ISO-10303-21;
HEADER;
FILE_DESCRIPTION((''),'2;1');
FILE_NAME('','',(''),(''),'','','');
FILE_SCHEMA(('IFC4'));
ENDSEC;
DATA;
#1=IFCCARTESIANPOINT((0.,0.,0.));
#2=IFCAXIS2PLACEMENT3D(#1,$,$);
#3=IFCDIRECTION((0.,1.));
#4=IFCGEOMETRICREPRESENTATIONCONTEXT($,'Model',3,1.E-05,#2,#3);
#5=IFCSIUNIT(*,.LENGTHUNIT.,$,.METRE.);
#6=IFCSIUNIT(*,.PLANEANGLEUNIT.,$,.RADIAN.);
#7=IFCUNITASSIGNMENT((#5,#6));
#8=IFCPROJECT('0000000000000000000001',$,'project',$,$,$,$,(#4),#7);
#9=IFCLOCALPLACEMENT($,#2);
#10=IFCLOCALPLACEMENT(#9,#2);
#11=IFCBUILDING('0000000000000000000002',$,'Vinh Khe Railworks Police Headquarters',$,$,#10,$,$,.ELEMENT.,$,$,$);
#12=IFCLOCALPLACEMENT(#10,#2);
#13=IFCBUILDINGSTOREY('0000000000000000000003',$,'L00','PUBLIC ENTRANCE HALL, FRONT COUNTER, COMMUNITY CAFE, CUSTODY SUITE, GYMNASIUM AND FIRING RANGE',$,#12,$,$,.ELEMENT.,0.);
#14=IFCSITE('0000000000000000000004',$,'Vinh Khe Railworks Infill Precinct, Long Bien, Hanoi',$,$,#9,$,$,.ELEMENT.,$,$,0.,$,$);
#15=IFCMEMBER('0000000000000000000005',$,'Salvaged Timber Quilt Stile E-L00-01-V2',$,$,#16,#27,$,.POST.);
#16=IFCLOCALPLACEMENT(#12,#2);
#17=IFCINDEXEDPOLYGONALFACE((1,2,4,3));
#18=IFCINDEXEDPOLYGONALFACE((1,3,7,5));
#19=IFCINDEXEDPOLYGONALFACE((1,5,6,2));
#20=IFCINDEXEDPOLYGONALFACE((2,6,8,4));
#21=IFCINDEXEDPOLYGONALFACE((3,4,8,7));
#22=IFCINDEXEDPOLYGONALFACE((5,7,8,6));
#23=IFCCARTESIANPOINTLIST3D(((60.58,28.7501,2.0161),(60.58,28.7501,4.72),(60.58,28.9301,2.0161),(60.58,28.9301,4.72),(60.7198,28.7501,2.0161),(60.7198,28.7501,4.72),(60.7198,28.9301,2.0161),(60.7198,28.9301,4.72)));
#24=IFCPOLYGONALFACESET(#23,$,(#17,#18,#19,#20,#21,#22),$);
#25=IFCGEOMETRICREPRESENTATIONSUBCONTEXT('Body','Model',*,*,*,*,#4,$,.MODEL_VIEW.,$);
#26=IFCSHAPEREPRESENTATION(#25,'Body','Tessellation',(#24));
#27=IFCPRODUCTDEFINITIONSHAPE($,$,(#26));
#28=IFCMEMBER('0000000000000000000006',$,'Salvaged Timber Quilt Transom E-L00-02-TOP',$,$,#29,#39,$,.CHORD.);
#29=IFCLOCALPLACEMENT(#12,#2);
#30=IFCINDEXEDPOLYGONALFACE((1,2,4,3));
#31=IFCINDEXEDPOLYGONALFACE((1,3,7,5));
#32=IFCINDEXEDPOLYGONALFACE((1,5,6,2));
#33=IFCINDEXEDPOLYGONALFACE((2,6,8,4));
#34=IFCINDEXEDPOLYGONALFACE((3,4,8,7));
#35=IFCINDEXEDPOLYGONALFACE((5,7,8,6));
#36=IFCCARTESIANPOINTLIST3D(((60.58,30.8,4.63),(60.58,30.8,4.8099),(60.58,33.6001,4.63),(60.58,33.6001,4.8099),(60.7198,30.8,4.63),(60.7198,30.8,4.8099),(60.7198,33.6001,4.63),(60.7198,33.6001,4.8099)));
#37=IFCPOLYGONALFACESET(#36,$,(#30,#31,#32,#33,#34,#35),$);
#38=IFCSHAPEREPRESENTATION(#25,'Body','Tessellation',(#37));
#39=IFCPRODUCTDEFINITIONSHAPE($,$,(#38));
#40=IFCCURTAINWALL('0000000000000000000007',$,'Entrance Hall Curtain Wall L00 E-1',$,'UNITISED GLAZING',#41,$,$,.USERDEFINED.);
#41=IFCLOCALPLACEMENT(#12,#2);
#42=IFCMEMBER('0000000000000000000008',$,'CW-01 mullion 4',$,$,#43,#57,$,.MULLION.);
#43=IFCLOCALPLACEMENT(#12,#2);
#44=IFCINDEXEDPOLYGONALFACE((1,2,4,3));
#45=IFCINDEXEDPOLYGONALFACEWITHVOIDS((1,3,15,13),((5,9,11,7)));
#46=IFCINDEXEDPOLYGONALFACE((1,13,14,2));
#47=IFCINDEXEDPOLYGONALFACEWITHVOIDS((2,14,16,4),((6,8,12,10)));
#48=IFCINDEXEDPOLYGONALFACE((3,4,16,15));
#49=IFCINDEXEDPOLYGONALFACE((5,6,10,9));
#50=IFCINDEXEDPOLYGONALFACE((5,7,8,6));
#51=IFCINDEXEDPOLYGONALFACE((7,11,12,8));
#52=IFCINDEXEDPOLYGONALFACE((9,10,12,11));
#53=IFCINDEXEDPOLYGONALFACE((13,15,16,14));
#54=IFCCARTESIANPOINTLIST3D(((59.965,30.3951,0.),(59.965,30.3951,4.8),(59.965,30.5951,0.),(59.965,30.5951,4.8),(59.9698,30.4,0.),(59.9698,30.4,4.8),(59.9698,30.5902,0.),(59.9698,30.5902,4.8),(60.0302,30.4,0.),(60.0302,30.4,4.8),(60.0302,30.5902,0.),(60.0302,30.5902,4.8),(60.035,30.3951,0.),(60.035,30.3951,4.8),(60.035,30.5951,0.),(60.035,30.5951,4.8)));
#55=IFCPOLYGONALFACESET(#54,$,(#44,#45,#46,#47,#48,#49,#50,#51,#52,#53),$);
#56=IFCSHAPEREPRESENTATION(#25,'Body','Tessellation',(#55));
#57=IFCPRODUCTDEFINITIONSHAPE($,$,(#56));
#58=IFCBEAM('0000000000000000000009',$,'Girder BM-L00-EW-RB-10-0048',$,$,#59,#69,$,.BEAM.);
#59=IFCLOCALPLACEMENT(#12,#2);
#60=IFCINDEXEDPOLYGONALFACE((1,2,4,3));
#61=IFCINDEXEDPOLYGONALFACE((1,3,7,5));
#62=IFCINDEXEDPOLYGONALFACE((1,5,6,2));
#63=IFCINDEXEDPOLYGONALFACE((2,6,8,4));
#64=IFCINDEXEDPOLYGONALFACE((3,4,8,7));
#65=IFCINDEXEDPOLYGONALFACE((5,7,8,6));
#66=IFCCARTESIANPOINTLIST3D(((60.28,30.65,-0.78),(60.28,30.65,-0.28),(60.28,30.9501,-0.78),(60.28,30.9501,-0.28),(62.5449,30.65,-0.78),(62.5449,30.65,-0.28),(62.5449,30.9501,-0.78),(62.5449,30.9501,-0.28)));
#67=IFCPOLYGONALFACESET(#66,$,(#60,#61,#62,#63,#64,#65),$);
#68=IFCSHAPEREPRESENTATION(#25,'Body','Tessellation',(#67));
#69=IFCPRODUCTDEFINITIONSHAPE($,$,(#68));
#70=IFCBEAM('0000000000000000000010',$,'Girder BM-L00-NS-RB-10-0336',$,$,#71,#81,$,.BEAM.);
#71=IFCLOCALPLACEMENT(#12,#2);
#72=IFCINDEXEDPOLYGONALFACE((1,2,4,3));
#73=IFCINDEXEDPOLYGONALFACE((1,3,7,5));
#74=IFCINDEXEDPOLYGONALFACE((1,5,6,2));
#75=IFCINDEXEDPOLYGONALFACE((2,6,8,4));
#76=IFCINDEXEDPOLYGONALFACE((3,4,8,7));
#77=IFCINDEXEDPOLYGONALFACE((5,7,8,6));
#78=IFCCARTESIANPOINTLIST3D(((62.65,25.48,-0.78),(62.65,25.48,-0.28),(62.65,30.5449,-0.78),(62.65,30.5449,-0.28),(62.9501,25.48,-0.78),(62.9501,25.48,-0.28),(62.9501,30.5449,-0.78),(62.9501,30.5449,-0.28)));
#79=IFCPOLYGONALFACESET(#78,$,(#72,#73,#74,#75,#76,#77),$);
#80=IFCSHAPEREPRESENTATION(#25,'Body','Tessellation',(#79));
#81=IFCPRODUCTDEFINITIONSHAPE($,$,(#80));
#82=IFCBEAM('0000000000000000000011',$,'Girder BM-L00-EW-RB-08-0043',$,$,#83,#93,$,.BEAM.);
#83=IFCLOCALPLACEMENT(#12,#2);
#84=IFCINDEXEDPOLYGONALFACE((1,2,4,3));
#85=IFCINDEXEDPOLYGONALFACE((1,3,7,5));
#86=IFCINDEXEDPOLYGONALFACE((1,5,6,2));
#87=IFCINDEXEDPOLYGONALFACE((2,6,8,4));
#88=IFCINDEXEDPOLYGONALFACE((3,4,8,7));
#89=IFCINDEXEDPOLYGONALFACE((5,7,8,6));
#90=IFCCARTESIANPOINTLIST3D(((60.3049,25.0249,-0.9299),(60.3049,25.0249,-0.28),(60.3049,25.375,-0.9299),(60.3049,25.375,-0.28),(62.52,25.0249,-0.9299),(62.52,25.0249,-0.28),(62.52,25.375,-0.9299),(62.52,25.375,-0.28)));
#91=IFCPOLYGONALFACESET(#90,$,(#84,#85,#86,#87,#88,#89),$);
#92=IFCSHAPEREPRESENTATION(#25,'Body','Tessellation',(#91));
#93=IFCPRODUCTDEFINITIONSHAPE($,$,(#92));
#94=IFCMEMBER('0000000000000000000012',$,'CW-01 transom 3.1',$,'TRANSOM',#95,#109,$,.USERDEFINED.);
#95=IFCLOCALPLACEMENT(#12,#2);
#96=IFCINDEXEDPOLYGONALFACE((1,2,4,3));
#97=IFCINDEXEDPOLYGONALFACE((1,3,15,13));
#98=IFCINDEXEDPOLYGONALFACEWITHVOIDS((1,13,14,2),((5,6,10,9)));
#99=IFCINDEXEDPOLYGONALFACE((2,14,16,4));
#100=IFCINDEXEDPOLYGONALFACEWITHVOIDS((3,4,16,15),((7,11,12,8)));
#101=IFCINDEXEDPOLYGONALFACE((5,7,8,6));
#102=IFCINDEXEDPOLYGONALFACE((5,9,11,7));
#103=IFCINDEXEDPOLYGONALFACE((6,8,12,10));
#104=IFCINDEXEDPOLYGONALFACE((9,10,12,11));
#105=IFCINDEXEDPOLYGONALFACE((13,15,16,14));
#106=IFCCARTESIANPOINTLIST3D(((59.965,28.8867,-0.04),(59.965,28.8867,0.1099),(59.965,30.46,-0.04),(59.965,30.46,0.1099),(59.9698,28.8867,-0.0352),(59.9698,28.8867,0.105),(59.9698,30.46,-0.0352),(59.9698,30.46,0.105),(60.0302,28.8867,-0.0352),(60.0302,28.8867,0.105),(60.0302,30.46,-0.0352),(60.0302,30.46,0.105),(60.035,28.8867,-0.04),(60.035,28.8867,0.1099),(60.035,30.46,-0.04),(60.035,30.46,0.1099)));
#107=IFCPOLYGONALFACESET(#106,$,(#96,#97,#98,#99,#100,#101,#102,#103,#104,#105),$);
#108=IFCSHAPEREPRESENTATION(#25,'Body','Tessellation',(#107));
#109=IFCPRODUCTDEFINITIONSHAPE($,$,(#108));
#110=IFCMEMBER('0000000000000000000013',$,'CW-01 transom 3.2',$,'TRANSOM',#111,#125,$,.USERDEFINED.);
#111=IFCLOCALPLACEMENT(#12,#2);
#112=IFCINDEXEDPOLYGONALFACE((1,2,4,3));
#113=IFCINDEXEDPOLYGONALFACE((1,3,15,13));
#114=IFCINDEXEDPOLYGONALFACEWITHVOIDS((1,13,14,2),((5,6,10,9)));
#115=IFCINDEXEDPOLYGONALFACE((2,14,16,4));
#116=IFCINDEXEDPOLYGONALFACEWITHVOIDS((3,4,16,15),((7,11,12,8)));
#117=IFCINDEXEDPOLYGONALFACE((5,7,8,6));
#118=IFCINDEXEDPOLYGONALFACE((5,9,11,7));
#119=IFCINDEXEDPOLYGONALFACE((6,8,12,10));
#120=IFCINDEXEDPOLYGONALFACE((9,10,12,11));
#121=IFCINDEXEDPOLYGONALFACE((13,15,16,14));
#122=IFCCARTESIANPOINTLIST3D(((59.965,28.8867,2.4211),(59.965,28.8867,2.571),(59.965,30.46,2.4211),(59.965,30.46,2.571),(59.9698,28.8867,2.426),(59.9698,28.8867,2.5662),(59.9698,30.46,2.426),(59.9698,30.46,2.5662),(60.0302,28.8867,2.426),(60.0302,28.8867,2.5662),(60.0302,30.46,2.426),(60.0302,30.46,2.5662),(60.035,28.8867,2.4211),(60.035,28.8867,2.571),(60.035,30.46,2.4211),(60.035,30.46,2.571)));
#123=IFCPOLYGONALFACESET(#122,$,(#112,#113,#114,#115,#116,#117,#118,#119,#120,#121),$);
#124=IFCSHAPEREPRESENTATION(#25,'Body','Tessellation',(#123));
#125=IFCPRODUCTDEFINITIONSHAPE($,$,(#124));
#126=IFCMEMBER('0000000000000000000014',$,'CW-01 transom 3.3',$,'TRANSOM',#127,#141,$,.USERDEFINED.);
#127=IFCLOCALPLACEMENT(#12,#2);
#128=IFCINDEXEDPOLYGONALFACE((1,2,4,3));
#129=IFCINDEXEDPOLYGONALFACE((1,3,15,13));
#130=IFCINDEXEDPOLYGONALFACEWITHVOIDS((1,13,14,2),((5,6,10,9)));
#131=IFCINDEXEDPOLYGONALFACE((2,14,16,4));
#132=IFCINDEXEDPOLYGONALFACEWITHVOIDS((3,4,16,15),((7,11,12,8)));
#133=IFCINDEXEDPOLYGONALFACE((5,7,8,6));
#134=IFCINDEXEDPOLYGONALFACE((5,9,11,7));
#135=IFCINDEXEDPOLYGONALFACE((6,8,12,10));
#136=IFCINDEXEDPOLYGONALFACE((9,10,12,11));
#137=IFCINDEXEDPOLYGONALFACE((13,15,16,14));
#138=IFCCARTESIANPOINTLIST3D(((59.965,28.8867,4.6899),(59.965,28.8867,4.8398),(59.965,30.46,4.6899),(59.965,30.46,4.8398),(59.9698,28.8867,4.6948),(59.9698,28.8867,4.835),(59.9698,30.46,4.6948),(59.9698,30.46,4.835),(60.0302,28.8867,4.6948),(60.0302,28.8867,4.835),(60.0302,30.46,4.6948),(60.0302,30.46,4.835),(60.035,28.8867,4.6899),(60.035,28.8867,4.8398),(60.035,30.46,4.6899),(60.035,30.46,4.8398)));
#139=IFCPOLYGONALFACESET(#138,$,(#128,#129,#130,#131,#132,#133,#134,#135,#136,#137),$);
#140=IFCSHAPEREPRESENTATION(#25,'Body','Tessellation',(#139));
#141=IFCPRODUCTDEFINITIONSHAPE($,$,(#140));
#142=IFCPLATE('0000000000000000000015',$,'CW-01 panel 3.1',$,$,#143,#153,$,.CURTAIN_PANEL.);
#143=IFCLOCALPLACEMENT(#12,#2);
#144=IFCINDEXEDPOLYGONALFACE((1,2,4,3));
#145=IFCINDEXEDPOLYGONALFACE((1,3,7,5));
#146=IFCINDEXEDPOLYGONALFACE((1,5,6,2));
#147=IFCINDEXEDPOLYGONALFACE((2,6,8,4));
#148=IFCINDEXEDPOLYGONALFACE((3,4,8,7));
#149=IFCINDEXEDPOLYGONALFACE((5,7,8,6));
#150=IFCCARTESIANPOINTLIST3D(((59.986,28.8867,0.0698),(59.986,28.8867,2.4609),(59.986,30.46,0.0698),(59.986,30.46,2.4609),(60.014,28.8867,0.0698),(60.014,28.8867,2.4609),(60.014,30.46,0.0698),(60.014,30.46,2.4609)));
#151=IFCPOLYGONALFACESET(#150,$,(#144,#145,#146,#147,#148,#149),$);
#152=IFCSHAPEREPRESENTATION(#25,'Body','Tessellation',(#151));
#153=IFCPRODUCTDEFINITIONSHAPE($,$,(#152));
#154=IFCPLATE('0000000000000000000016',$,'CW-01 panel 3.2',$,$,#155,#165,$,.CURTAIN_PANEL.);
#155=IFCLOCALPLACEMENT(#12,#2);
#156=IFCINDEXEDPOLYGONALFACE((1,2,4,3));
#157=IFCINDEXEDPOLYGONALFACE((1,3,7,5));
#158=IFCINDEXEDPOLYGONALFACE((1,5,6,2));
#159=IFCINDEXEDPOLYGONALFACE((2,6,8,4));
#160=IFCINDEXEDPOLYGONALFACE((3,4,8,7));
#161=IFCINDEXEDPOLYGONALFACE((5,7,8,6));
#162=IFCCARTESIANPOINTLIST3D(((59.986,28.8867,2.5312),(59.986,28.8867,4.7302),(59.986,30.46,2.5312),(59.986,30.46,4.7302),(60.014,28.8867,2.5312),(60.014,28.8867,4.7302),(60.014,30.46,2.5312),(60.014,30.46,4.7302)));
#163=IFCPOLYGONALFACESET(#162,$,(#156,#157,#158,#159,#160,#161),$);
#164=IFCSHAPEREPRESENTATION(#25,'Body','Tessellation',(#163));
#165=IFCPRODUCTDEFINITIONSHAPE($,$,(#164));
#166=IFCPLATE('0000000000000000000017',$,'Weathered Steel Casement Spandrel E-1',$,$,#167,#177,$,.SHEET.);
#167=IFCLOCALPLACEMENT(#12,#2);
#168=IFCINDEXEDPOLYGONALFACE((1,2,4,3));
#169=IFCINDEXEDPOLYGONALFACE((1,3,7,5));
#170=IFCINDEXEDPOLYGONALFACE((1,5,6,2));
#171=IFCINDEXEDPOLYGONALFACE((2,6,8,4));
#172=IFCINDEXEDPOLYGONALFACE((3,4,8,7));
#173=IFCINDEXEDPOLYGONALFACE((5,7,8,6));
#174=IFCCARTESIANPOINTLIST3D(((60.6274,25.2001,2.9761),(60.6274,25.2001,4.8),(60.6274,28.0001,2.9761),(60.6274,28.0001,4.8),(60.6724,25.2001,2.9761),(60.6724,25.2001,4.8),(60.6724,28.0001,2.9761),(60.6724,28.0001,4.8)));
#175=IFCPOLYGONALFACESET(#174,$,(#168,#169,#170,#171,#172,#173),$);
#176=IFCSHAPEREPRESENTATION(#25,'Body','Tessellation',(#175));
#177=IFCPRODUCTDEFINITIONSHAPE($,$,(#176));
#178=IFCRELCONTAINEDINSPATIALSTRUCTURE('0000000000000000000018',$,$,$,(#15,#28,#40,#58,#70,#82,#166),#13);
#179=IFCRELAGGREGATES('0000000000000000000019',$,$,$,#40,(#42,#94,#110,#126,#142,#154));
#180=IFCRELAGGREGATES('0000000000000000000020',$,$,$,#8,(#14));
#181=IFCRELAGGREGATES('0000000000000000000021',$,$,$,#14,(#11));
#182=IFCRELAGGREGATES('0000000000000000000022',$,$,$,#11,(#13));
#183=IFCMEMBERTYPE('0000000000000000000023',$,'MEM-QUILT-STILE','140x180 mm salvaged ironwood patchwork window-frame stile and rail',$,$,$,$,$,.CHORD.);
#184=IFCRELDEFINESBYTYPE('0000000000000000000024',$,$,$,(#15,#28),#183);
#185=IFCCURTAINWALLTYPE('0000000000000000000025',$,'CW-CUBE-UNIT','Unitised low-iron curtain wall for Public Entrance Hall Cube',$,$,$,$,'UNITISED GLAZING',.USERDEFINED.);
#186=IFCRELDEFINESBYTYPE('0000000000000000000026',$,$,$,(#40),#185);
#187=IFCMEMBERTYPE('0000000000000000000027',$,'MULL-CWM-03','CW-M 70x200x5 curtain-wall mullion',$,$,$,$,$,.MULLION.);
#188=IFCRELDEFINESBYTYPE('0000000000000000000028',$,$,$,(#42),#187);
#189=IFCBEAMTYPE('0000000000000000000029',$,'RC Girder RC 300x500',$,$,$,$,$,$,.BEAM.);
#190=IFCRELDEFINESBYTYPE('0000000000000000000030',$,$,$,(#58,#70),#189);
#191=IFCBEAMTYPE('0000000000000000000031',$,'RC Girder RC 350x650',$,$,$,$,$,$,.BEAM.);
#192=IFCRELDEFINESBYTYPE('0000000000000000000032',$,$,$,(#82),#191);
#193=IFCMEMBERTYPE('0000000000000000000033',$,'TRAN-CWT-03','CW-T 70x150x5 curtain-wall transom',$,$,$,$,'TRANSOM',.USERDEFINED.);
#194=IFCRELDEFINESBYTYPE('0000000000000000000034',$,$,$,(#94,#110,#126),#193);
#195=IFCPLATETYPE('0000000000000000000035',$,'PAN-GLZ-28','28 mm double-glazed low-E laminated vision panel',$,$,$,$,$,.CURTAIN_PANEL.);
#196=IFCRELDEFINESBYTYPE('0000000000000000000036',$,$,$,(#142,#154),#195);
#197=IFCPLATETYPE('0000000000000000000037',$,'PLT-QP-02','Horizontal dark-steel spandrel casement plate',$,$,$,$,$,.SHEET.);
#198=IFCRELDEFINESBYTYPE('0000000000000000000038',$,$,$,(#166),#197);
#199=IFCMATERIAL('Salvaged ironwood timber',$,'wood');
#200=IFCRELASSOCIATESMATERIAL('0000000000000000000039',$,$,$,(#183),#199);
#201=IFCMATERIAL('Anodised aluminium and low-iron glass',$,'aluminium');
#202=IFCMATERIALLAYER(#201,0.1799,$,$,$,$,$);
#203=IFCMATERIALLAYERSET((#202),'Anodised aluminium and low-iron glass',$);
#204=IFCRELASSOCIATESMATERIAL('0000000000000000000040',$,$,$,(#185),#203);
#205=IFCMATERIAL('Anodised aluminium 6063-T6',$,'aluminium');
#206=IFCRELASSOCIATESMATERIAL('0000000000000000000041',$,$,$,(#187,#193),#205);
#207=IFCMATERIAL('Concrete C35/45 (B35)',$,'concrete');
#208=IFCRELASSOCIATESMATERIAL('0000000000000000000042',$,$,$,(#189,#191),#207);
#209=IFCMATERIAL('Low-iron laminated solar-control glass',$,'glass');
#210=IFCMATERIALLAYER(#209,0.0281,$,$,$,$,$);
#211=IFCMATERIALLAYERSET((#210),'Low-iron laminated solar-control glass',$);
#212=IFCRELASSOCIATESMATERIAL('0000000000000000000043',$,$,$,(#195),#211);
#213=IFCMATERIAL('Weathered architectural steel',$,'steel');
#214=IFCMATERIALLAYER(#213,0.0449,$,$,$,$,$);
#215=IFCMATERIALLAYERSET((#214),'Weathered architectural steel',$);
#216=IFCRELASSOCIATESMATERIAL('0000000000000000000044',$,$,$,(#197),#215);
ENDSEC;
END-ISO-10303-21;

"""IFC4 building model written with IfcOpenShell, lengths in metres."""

from ifc_helpers import new_model, si_unit, direction, frame, origin, origin_2d, place, context, subcontext, project, spatial, rectangle, hollow_rectangle, extrude, material, layer, layer_set, material_profile, profile_set, type_object, element, aggregate, save


model = new_model("IFC4")

# Units and contexts
model_context = context("Model", 3, precision=1e-05, world=origin(), true_north=direction((0.0, 1.0)))
body_context = subcontext(model_context, "Body", "Model", "MODEL_VIEW")
ifc_project = project(units=[si_unit("LENGTHUNIT", "METRE"), si_unit("PLANEANGLEUNIT", "RADIAN")], contexts=[model_context])

# Site, building, storey
site_placement = place(None, origin())
site = spatial("IfcSite", under=ifc_project, at=site_placement, Name="Vinh Khe Railworks Infill Precinct, Long Bien, Hanoi", CompositionType="ELEMENT", RefElevation=0.0)
building_placement = place(site_placement, origin())
building = spatial("IfcBuilding", under=site, at=building_placement, Name="Vinh Khe Railworks Police Headquarters", CompositionType="ELEMENT")
storey_placement = place(building_placement, origin())
storey = spatial("IfcBuildingStorey", under=building, at=storey_placement, Name="L00", Description="PUBLIC ENTRANCE HALL, FRONT COUNTER, COMMUNITY CAFE, CUSTODY SUITE, GYMNASIUM AND FIRING RANGE", CompositionType="ELEMENT", Elevation=0.0)

# Members
ifc_material_1 = material(Name="Salvaged ironwood timber", Category="wood")
ifc_material_profile_1 = material_profile(ifc_material_1, rectangle(XDim=0.1399, YDim=0.1799, at=origin_2d()), Name="TIMBER 140x180")
ifc_profile_set_1 = profile_set([ifc_material_profile_1], Name="Salvaged ironwood timber")
member_type_1 = type_object("IfcMemberType", Name="MEM-QUILT-STILE", Description="140x180 mm salvaged ironwood patchwork window-frame stile and rail", PredefinedType="CHORD", material=ifc_profile_set_1)
member_1_placement = place(storey_placement, frame((60.6499, 28.8401, 2.0161), z_axis=(0.0, 0.0, 1.0), x_axis=(1.0, 0.0, 0.0)))
element("IfcMember", 1, at=member_1_placement, inside=storey, type_object=member_type_1, Name="Salvaged Timber Quilt Stile E-L00-01-V2", PredefinedType="POST", context=body_context, shape_type="SweptSolid", body=[
    extrude(rectangle(XDim=0.1399, YDim=0.1799, at=origin_2d()), origin(), (0.0, 0.0, 1.0), 2.7039),
])
member_2_placement = place(storey_placement, frame((60.6499, 30.8, 4.72), z_axis=(0.0, 1.0, 0.0), x_axis=(-1.0, 0.0, 0.0)))
element("IfcMember", 2, at=member_2_placement, inside=storey, type_object=member_type_1, Name="Salvaged Timber Quilt Transom E-L00-02-TOP", PredefinedType="CHORD", context=body_context, shape_type="SweptSolid", body=[
    extrude(rectangle(XDim=0.1399, YDim=0.1799, at=origin_2d()), origin(), (0.0, 0.0, 1.0), 2.8),
])

# Curtain wall, member
ifc_material_2 = material(Name="Anodised aluminium and low-iron glass", Category="aluminium")
ifc_layer_1 = layer(ifc_material_2, 0.1799)
ifc_layer_set_1 = layer_set([ifc_layer_1], Name="Anodised aluminium and low-iron glass")
curtain_wall_type = type_object("IfcCurtainWallType", Name="CW-CUBE-UNIT", Description="Unitised low-iron curtain wall for Public Entrance Hall Cube", ElementType="UNITISED GLAZING", PredefinedType="USERDEFINED", material=ifc_layer_set_1)
curtain_wall_placement = place(storey_placement, origin())
curtain_wall = element("IfcCurtainWall", 3, at=curtain_wall_placement, inside=storey, type_object=curtain_wall_type, Name="Entrance Hall Curtain Wall L00 E-1", ObjectType="UNITISED GLAZING", PredefinedType="USERDEFINED")
ifc_material_3 = material(Name="Anodised aluminium 6063-T6", Category="aluminium")
ifc_material_profile_2 = material_profile(ifc_material_3, hollow_rectangle(XDim=0.0701, YDim=0.2, WallThickness=0.0049, at=origin_2d()), Name="CW-M 70x200x5")
ifc_profile_set_2 = profile_set([ifc_material_profile_2], Name="Anodised aluminium 6063-T6")
member_type_2 = type_object("IfcMemberType", Name="MULL-CWM-03", Description="CW-M 70x200x5 curtain-wall mullion", PredefinedType="MULLION", material=ifc_profile_set_2)
member_3_placement = place(storey_placement, frame((60.0, 30.4951, 0.0), z_axis=(0.0, 0.0, 1.0), x_axis=(-1.0, 0.0, 0.0)))
member_3 = element("IfcMember", 4, at=member_3_placement, type_object=member_type_2, Name="CW-01 mullion 4", PredefinedType="MULLION", context=body_context, shape_type="SweptSolid", body=[
    extrude(hollow_rectangle(XDim=0.0701, YDim=0.2, WallThickness=0.0049, at=origin_2d()), origin(), (0.0, 0.0, 1.0), 4.8),
])

# Beams
ifc_material_4 = material(Name="Concrete C35/45 (B35)", Category="concrete")
ifc_material_profile_3 = material_profile(ifc_material_4, rectangle(XDim=0.3, YDim=0.5, at=origin_2d()), Name="RC 300x500")
ifc_profile_set_3 = profile_set([ifc_material_profile_3], Name="Concrete C35/45 (B35)")
beam_type_1 = type_object("IfcBeamType", Name="RC Girder RC 300x500", PredefinedType="BEAM", material=ifc_profile_set_3)
beam_1_placement = place(storey_placement, frame((60.28, 30.8, -0.53), z_axis=(1.0, 0.0, 0.0), x_axis=(0.0, 1.0, 0.0)))
element("IfcBeam", 5, at=beam_1_placement, inside=storey, type_object=beam_type_1, Name="Girder BM-L00-EW-RB-10-0048", PredefinedType="BEAM", context=body_context, shape_type="SweptSolid", body=[
    extrude(rectangle(XDim=0.3, YDim=0.5, at=origin_2d()), origin(), (0.0, 0.0, 1.0), 2.2649),
])
beam_2_placement = place(storey_placement, frame((62.8, 25.48, -0.53), z_axis=(0.0, 1.0, 0.0), x_axis=(-1.0, 0.0, 0.0)))
element("IfcBeam", 6, at=beam_2_placement, inside=storey, type_object=beam_type_1, Name="Girder BM-L00-NS-RB-10-0336", PredefinedType="BEAM", context=body_context, shape_type="SweptSolid", body=[
    extrude(rectangle(XDim=0.3, YDim=0.5, at=origin_2d()), origin(), (0.0, 0.0, 1.0), 5.0649),
])
ifc_material_profile_4 = material_profile(ifc_material_4, rectangle(XDim=0.3501, YDim=0.6499, at=origin_2d()), Name="RC 350x650")
ifc_profile_set_4 = profile_set([ifc_material_profile_4], Name="Concrete C35/45 (B35)")
beam_type_2 = type_object("IfcBeamType", Name="RC Girder RC 350x650", PredefinedType="BEAM", material=ifc_profile_set_4)
beam_3_placement = place(storey_placement, frame((60.3049, 25.2, -0.605), z_axis=(1.0, 0.0, 0.0), x_axis=(0.0, 1.0, 0.0)))
element("IfcBeam", 7, at=beam_3_placement, inside=storey, type_object=beam_type_2, Name="Girder BM-L00-EW-RB-08-0043", PredefinedType="BEAM", context=body_context, shape_type="SweptSolid", body=[
    extrude(rectangle(XDim=0.3501, YDim=0.6499, at=origin_2d()), origin(), (0.0, 0.0, 1.0), 2.2151),
])

# Members
ifc_material_profile_5 = material_profile(ifc_material_3, hollow_rectangle(XDim=0.0701, YDim=0.1499, WallThickness=0.0049, at=origin_2d()), Name="CW-T 70x150x5")
ifc_profile_set_5 = profile_set([ifc_material_profile_5], Name="Anodised aluminium 6063-T6")
member_type_3 = type_object("IfcMemberType", Name="TRAN-CWT-03", Description="CW-T 70x150x5 curtain-wall transom", ElementType="TRANSOM", PredefinedType="USERDEFINED", material=ifc_profile_set_5)
member_4_placement = place(storey_placement, frame((60.0, 28.8867, 0.0349), z_axis=(0.0, 1.0, 0.0), x_axis=(-1.0, 0.0, 0.0)))
member_4 = element("IfcMember", 8, at=member_4_placement, type_object=member_type_3, Name="CW-01 transom 3.1", ObjectType="TRANSOM", PredefinedType="USERDEFINED", context=body_context, shape_type="SweptSolid", body=[
    extrude(hollow_rectangle(XDim=0.0701, YDim=0.1499, WallThickness=0.0049, at=origin_2d()), origin(), (0.0, 0.0, 1.0), 1.5732),
])
member_5_placement = place(storey_placement, frame((60.0, 28.8867, 2.4961), z_axis=(0.0, 1.0, 0.0), x_axis=(-1.0, 0.0, 0.0)))
member_5 = element("IfcMember", 9, at=member_5_placement, type_object=member_type_3, Name="CW-01 transom 3.2", ObjectType="TRANSOM", PredefinedType="USERDEFINED", context=body_context, shape_type="SweptSolid", body=[
    extrude(hollow_rectangle(XDim=0.0701, YDim=0.1499, WallThickness=0.0049, at=origin_2d()), origin(), (0.0, 0.0, 1.0), 1.5732),
])
member_6_placement = place(storey_placement, frame((60.0, 28.8867, 4.7649), z_axis=(0.0, 1.0, 0.0), x_axis=(-1.0, 0.0, 0.0)))
member_6 = element("IfcMember", 10, at=member_6_placement, type_object=member_type_3, Name="CW-01 transom 3.3", ObjectType="TRANSOM", PredefinedType="USERDEFINED", context=body_context, shape_type="SweptSolid", body=[
    extrude(hollow_rectangle(XDim=0.0701, YDim=0.1499, WallThickness=0.0049, at=origin_2d()), origin(), (0.0, 0.0, 1.0), 1.5732),
])

# Plates
ifc_material_5 = material(Name="Low-iron laminated solar-control glass", Category="glass")
ifc_layer_2 = layer(ifc_material_5, 0.0281)
ifc_layer_set_2 = layer_set([ifc_layer_2], Name="Low-iron laminated solar-control glass")
plate_type_1 = type_object("IfcPlateType", Name="PAN-GLZ-28", Description="28 mm double-glazed low-E laminated vision panel", PredefinedType="CURTAIN_PANEL", material=ifc_layer_set_2)
plate_1_placement = place(storey_placement, frame((60.0, 29.6733, 0.0698), z_axis=(0.0, 0.0, 1.0), x_axis=(0.0, 1.0, 0.0)))
plate_1 = element("IfcPlate", 11, at=plate_1_placement, type_object=plate_type_1, Name="CW-01 panel 3.1", PredefinedType="CURTAIN_PANEL", context=body_context, shape_type="SweptSolid", body=[
    extrude(rectangle(XDim=1.5732, YDim=0.0281, at=origin_2d()), origin(), (0.0, 0.0, 1.0), 2.3911),
])
plate_2_placement = place(storey_placement, frame((60.0, 29.6733, 2.5312), z_axis=(0.0, 0.0, 1.0), x_axis=(0.0, 1.0, 0.0)))
plate_2 = element("IfcPlate", 12, at=plate_2_placement, type_object=plate_type_1, Name="CW-01 panel 3.2", PredefinedType="CURTAIN_PANEL", context=body_context, shape_type="SweptSolid", body=[
    extrude(rectangle(XDim=1.5732, YDim=0.0281, at=origin_2d()), origin(), (0.0, 0.0, 1.0), 2.199),
])
aggregate(curtain_wall, [member_3, member_4, member_5, member_6, plate_1, plate_2])

# Plate
ifc_material_6 = material(Name="Weathered architectural steel", Category="steel")
ifc_layer_3 = layer(ifc_material_6, 0.0449)
ifc_layer_set_3 = layer_set([ifc_layer_3], Name="Weathered architectural steel")
plate_type_2 = type_object("IfcPlateType", Name="PLT-QP-02", Description="Horizontal dark-steel spandrel casement plate", PredefinedType="SHEET", material=ifc_layer_set_3)
plate_3_placement = place(storey_placement, frame((60.6499, 26.6001, 2.9761), z_axis=(0.0, 0.0, 1.0), x_axis=(0.0, 1.0, 0.0)))
element("IfcPlate", 13, at=plate_3_placement, inside=storey, type_object=plate_type_2, Name="Weathered Steel Casement Spandrel E-1", PredefinedType="SHEET", context=body_context, shape_type="SweptSolid", body=[
    extrude(rectangle(XDim=2.8, YDim=0.0449, at=origin_2d()), origin(), (0.0, 0.0, 1.0), 1.824),
])

save(model, "model.ifc")
